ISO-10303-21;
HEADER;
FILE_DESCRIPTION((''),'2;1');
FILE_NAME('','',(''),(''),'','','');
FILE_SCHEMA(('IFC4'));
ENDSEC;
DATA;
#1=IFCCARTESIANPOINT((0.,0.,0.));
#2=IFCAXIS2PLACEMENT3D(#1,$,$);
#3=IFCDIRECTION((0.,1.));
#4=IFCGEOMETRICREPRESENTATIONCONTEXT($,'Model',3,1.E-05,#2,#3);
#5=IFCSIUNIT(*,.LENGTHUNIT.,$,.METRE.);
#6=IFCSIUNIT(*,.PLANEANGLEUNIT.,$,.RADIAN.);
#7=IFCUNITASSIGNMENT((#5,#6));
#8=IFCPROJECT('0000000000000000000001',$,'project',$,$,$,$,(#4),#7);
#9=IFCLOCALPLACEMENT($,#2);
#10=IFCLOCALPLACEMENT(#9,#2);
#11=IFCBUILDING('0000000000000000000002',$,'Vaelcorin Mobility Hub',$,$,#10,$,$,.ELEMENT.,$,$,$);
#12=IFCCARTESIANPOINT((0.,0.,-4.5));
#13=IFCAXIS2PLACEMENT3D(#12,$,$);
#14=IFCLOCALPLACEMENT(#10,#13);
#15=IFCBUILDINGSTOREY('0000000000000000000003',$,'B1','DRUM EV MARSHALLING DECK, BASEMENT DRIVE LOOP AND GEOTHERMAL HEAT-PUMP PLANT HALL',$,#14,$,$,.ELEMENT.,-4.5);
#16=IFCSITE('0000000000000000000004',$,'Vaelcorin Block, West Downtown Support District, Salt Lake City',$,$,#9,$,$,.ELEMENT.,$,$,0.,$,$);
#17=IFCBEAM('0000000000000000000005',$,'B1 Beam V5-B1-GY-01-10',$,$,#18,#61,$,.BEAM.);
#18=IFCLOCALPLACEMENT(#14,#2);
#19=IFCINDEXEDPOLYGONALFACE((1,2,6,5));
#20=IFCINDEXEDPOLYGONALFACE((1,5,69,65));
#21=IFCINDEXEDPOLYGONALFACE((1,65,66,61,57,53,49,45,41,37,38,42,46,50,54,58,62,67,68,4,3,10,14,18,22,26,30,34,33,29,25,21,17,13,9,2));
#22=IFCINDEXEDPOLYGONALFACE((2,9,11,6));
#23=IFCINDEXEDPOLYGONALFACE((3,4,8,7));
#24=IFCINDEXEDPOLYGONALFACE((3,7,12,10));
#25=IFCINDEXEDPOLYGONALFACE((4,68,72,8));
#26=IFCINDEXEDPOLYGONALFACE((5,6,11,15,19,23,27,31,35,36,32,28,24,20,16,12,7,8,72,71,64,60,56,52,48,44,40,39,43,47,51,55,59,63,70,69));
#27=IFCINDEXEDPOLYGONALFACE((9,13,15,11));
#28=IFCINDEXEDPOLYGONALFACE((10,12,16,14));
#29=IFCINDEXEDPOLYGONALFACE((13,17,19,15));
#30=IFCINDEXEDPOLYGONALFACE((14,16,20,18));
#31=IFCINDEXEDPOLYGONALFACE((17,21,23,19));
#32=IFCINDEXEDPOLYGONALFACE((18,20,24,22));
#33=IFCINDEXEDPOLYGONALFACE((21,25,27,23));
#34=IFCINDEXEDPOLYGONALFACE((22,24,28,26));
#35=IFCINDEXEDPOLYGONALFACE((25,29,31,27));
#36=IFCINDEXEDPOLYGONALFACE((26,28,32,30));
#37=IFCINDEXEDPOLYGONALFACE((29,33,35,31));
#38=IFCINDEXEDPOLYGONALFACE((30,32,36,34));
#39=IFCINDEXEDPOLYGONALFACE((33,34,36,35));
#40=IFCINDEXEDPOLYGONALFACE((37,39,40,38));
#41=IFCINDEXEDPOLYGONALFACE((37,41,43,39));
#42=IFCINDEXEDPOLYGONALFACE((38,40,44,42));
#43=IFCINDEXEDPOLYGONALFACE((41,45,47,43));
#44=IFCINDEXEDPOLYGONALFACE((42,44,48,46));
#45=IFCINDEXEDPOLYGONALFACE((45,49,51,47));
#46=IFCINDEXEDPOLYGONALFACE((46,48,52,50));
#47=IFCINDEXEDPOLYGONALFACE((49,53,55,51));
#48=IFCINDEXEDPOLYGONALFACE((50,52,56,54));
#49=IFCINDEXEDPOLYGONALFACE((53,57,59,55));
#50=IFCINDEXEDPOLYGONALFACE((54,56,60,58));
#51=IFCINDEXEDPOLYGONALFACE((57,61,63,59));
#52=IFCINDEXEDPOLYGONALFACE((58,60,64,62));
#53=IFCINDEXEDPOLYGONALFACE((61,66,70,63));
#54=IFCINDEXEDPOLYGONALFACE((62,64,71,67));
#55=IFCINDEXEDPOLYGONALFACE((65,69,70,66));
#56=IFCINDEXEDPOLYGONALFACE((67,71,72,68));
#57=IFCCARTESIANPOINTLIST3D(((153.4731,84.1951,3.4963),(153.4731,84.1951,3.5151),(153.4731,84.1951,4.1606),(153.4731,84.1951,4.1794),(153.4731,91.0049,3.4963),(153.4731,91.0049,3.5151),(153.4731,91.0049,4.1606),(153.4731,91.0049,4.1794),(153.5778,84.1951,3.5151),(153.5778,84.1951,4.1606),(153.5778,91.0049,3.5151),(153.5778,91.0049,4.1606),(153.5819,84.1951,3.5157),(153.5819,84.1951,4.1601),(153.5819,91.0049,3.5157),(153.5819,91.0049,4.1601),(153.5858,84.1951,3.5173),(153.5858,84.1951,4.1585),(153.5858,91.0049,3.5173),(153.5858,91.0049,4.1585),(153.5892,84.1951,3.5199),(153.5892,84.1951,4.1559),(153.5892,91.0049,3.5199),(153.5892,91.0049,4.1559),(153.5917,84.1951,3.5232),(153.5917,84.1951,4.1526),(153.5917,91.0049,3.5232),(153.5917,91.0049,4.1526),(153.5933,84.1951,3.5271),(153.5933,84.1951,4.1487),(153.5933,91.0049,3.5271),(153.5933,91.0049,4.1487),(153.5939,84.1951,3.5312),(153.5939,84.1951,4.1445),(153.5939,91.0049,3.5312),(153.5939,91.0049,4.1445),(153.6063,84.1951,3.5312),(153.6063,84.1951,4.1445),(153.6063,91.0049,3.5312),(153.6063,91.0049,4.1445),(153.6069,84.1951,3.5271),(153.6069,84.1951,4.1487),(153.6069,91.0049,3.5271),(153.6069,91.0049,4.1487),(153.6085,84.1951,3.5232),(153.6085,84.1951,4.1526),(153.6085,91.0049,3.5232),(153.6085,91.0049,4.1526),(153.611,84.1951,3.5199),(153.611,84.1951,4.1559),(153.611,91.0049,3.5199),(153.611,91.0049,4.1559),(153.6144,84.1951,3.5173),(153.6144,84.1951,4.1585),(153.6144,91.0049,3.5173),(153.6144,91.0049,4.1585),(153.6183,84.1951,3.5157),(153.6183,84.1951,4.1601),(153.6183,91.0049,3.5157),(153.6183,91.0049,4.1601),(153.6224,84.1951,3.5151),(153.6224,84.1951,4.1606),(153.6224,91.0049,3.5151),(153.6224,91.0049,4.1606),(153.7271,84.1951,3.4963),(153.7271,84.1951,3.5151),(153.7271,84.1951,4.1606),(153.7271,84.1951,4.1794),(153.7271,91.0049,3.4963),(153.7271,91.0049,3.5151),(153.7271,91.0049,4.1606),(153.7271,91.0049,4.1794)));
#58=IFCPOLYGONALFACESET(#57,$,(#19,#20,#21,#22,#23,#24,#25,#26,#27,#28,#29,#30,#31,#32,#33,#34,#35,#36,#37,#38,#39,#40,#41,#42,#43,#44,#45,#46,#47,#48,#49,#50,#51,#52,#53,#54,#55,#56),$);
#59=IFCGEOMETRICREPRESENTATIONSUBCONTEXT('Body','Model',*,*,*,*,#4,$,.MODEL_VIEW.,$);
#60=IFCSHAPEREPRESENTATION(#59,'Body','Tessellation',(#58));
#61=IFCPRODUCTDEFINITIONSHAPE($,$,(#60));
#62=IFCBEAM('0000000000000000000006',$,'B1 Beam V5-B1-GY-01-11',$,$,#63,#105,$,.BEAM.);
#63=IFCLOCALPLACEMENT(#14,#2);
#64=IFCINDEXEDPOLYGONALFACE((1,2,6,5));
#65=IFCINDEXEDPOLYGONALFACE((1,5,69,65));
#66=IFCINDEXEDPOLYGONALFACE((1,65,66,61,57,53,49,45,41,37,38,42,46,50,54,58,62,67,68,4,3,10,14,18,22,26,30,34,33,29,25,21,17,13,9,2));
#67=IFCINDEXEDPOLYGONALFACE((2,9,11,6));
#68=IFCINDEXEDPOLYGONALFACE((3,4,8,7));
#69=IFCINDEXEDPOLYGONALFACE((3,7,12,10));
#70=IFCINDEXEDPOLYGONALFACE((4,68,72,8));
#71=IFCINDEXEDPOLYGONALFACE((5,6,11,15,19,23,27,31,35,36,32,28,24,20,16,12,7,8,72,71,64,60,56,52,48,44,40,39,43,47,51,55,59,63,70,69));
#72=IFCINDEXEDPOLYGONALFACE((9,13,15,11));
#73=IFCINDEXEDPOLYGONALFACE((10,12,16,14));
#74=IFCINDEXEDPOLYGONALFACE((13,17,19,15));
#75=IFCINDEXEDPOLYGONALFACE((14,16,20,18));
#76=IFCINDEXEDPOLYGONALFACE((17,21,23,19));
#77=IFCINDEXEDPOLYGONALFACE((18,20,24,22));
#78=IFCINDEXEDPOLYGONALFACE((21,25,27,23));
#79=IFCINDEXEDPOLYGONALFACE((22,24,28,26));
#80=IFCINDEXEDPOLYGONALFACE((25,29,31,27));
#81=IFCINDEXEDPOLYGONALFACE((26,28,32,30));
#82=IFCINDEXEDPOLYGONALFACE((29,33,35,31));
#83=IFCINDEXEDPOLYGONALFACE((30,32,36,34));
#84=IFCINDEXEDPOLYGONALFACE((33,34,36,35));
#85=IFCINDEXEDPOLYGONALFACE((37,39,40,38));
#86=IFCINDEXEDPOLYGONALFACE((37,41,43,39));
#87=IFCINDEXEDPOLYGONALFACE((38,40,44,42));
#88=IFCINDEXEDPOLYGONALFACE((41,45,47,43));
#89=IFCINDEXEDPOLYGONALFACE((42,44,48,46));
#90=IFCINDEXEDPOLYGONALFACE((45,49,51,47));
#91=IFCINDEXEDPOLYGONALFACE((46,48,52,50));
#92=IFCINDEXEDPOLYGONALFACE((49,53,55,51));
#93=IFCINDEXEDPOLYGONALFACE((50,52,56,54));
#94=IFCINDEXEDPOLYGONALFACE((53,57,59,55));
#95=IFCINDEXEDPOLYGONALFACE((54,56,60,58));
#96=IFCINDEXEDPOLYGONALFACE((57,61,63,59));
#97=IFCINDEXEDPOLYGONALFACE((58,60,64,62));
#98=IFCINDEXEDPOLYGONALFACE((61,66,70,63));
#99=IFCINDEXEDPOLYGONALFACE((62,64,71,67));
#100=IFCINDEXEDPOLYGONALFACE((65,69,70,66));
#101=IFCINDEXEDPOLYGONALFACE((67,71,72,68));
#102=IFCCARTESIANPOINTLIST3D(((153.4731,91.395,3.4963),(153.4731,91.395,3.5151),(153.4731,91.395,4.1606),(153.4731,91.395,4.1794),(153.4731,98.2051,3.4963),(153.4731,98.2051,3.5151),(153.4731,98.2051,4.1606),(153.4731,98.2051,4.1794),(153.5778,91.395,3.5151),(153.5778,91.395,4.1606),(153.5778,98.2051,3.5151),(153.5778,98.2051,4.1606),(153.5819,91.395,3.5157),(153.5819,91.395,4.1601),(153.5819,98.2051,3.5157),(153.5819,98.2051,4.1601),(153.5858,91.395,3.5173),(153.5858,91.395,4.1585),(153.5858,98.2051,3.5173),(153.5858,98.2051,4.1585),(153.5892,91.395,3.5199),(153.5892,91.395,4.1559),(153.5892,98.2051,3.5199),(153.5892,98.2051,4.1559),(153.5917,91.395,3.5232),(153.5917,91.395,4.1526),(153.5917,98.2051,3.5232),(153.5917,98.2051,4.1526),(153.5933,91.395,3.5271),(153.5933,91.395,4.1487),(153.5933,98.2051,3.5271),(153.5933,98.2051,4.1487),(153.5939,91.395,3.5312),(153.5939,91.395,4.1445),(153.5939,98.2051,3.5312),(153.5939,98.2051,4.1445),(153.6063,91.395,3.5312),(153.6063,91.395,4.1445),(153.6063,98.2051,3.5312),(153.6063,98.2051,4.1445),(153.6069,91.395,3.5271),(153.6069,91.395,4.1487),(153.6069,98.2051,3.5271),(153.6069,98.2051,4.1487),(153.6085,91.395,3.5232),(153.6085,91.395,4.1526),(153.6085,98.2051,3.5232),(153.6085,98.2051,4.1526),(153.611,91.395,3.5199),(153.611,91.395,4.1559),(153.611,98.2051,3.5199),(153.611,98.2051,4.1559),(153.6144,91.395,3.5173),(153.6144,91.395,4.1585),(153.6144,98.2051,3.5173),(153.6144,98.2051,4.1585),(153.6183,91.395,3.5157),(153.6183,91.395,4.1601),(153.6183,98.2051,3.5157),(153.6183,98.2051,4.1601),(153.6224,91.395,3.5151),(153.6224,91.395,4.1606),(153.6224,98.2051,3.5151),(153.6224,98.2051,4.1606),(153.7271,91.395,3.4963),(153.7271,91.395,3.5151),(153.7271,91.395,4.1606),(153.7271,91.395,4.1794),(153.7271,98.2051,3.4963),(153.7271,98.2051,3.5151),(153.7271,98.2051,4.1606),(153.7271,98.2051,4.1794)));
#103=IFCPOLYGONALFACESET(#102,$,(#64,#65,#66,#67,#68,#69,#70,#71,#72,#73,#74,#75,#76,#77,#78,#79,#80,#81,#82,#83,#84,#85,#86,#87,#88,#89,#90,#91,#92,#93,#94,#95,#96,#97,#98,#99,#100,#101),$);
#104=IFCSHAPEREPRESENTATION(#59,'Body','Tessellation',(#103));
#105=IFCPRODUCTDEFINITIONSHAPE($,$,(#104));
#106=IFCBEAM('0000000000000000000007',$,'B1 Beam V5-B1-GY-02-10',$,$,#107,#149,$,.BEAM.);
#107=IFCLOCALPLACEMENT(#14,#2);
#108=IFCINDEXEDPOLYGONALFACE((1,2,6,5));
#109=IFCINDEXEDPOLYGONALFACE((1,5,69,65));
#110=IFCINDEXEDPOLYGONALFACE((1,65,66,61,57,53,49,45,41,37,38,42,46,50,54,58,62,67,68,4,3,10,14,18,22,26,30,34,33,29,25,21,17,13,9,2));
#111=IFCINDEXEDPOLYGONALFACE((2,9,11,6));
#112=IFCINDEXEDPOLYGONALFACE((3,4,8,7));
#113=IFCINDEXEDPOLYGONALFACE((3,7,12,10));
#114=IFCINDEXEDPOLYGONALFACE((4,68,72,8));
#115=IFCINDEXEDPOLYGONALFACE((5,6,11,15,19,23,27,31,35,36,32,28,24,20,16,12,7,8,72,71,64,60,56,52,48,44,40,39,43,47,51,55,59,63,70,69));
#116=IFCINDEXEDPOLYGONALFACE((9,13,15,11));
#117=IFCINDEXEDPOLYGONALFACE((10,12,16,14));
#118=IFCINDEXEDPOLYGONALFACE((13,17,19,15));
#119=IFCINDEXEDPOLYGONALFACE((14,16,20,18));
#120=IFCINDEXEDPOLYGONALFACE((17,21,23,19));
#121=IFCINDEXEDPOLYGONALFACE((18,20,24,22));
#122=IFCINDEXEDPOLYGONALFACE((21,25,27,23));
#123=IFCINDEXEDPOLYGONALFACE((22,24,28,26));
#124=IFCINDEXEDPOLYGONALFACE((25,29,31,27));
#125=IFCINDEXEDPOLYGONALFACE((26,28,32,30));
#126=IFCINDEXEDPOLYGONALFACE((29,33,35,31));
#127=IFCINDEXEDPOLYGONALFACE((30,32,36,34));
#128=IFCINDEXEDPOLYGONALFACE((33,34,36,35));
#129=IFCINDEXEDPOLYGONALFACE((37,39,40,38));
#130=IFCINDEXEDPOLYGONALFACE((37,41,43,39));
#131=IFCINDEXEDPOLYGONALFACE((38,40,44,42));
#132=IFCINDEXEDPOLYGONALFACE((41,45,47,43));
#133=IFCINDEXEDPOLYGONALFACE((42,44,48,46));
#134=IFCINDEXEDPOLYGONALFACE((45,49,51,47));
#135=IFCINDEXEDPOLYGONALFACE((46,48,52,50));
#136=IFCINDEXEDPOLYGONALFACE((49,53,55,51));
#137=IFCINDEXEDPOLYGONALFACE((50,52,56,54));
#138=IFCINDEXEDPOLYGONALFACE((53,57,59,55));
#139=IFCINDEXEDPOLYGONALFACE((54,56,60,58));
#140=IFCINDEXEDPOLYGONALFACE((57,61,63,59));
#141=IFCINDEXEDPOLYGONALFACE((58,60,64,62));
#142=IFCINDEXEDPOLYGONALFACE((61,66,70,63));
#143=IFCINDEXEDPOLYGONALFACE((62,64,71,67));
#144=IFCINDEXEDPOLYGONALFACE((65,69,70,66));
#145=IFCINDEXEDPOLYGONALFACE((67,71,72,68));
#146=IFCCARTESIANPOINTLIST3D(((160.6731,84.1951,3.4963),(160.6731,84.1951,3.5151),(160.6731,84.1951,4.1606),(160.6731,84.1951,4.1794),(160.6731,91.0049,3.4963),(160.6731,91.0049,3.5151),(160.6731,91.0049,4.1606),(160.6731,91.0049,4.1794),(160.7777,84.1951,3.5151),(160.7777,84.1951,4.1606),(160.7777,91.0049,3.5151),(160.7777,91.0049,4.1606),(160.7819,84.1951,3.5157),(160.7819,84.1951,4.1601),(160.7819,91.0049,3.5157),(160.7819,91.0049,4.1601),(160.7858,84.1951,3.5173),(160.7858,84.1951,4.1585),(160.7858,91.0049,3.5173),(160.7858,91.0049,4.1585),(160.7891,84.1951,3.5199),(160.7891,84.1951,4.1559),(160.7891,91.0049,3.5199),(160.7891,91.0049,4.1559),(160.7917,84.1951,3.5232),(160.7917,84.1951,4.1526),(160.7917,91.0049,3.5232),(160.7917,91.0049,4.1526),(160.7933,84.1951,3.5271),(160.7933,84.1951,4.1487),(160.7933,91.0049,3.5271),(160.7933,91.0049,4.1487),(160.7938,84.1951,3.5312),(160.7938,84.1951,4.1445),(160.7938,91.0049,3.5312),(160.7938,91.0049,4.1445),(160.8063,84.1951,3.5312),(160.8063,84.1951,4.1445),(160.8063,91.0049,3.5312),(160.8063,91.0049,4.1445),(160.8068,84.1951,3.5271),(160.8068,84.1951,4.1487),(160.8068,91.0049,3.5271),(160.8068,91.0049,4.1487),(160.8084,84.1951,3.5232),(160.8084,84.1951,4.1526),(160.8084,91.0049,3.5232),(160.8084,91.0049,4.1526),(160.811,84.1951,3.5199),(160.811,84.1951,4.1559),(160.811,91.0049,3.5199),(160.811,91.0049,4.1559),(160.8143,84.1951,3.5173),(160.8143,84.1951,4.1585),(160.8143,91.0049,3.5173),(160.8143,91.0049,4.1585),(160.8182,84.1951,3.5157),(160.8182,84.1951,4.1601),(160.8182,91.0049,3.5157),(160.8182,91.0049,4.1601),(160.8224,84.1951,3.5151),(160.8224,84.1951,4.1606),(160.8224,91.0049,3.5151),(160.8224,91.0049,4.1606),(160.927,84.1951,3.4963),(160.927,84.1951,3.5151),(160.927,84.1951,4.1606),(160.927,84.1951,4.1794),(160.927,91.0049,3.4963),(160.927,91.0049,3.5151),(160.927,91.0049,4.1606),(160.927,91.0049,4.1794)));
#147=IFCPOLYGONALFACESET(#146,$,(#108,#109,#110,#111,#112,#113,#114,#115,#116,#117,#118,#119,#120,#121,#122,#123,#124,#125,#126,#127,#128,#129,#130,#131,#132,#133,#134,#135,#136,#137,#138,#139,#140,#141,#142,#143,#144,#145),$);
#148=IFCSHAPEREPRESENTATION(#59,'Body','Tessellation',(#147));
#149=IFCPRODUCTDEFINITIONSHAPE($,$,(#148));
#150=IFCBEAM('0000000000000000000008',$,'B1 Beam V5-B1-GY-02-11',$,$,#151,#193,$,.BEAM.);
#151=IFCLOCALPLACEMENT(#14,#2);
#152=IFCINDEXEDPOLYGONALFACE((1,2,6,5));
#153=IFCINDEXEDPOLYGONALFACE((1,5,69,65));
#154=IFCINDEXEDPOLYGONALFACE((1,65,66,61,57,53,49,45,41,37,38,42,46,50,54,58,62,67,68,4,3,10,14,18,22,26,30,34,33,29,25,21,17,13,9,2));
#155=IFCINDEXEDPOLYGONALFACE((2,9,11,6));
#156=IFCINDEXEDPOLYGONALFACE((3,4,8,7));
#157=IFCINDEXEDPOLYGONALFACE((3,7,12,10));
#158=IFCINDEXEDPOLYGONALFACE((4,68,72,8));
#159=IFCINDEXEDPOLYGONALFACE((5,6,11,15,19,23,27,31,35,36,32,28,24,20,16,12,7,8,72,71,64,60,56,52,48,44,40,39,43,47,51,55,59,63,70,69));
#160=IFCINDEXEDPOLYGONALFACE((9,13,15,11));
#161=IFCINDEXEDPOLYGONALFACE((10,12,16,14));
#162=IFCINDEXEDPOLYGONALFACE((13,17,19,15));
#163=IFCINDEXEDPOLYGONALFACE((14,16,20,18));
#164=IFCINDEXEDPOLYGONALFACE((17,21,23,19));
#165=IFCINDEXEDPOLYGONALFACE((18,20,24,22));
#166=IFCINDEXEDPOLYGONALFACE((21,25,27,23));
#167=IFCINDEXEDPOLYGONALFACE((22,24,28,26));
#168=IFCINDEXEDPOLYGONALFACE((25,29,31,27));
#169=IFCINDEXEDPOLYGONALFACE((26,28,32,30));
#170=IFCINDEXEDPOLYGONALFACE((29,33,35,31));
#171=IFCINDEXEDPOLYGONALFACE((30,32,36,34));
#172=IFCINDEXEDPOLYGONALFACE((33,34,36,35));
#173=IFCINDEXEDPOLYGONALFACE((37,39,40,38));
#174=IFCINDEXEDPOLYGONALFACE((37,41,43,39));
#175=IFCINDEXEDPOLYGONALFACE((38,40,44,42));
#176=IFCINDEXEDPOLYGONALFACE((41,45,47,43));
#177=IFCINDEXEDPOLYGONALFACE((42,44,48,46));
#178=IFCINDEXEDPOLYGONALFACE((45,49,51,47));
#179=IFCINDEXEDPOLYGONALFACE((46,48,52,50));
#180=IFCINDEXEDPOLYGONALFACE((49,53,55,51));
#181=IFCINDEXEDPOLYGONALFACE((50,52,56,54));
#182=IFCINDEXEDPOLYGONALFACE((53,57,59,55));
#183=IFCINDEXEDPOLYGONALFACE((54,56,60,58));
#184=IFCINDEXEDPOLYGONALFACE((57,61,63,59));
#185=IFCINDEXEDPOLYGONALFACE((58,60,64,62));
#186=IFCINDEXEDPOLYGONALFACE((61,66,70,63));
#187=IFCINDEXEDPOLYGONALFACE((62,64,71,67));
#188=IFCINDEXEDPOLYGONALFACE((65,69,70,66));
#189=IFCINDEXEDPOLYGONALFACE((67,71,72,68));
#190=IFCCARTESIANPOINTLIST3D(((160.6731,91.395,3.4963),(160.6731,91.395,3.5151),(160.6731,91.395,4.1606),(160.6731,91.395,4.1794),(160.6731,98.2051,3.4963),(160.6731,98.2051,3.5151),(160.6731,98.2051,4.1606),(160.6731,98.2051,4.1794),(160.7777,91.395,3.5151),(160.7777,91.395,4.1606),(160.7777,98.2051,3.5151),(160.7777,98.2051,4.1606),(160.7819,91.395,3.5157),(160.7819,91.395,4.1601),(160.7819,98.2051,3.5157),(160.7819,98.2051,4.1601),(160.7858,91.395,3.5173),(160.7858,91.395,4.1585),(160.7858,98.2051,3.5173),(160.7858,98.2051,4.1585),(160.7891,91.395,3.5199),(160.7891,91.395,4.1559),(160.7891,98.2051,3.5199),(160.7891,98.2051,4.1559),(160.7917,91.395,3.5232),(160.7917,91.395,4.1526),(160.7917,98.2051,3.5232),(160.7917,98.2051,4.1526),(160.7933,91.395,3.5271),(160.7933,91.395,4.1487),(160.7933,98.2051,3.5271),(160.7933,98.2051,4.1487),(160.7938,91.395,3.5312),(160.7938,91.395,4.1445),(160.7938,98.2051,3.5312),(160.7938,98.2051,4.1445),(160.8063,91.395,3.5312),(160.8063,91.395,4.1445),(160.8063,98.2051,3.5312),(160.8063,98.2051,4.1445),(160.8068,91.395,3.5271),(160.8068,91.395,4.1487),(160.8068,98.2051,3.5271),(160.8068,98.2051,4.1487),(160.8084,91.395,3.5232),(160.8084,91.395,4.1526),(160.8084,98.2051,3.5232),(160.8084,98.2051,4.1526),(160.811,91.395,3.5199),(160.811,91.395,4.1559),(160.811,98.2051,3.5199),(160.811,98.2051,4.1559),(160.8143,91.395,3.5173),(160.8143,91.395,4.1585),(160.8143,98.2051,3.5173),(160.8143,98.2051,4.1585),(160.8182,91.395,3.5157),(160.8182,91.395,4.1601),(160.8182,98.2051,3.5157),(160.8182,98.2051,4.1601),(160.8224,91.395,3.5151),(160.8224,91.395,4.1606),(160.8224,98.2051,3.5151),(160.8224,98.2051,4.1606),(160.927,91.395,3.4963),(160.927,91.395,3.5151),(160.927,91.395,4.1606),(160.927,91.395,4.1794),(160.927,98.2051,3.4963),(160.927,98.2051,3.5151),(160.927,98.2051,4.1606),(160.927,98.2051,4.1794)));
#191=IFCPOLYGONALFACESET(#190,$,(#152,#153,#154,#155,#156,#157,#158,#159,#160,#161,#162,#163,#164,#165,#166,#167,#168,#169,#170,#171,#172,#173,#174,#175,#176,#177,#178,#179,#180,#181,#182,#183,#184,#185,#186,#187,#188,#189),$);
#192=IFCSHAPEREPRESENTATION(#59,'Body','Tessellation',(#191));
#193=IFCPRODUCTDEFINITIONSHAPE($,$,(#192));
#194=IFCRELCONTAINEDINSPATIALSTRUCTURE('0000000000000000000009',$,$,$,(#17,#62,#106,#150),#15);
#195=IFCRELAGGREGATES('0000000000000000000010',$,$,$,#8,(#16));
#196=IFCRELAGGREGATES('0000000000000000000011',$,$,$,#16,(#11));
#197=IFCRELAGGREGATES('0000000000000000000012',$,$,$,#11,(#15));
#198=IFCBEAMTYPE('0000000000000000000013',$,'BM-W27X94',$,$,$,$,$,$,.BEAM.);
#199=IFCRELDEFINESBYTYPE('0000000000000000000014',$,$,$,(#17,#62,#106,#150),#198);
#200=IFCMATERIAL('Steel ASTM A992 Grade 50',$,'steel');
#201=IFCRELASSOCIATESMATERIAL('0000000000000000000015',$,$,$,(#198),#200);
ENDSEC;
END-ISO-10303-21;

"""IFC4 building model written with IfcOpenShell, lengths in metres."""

from ifc_helpers import new_model, si_unit, direction, frame, origin, origin_2d, place, context, subcontext, project, spatial, i_section, extrude, material, material_profile, profile_set, type_object, element, save


model = new_model("IFC4")

# Units and contexts
model_context = context("Model", 3, precision=1e-05, world=origin(), true_north=direction((0.0, 1.0)))
body_context = subcontext(model_context, "Body", "Model", "MODEL_VIEW")
ifc_project = project(units=[si_unit("LENGTHUNIT", "METRE"), si_unit("PLANEANGLEUNIT", "RADIAN")], contexts=[model_context])

# Site, building, storey
site_placement = place(None, origin())
site = spatial("IfcSite", under=ifc_project, at=site_placement, Name="Vaelcorin Block, West Downtown Support District, Salt Lake City", CompositionType="ELEMENT", RefElevation=0.0)
building_placement = place(site_placement, origin())
building = spatial("IfcBuilding", under=site, at=building_placement, Name="Vaelcorin Mobility Hub", CompositionType="ELEMENT")
storey_placement = place(building_placement, frame((0.0, 0.0, -4.5)))
storey = spatial("IfcBuildingStorey", under=building, at=storey_placement, Name="B1", Description="DRUM EV MARSHALLING DECK, BASEMENT DRIVE LOOP AND GEOTHERMAL HEAT-PUMP PLANT HALL", CompositionType="ELEMENT", Elevation=-4.5)

# Shared definitions
ifc_material_1 = material(Name="Steel ASTM A992 Grade 50", Category="steel")

# Beams
ifc_material_profile_1 = material_profile(ifc_material_1, i_section(OverallWidth=0.2539, OverallDepth=0.6831, WebThickness=0.0125, FlangeThickness=0.0188, FilletRadius=0.0161, at=origin_2d()), Name="W27X94")
ifc_profile_set_1 = profile_set([ifc_material_profile_1], Name="Steel ASTM A992 Grade 50")
beam_type_1 = type_object("IfcBeamType", Name="BM-W27X94", PredefinedType="BEAM", material=ifc_profile_set_1)
beam_1_placement = place(storey_placement, frame((153.6001, 84.1951, 3.8379), z_axis=(0.0, 1.0, 0.0), x_axis=(-1.0, 0.0, 0.0)))
element("IfcBeam", 1, at=beam_1_placement, inside=storey, type_object=beam_type_1, Name="B1 Beam V5-B1-GY-01-10", PredefinedType="BEAM", context=body_context, shape_type="SweptSolid", body=[
    extrude(i_section(OverallWidth=0.2539, OverallDepth=0.6831, WebThickness=0.0125, FlangeThickness=0.0188, FilletRadius=0.0161, at=origin_2d()), origin(), (0.0, 0.0, 1.0), 6.8098),
])
beam_2_placement = place(storey_placement, frame((153.6001, 91.395, 3.8379), z_axis=(0.0, 1.0, 0.0), x_axis=(-1.0, 0.0, 0.0)))
element("IfcBeam", 2, at=beam_2_placement, inside=storey, type_object=beam_type_1, Name="B1 Beam V5-B1-GY-01-11", PredefinedType="BEAM", context=body_context, shape_type="SweptSolid", body=[
    extrude(i_section(OverallWidth=0.2539, OverallDepth=0.6831, WebThickness=0.0125, FlangeThickness=0.0188, FilletRadius=0.0161, at=origin_2d()), origin(), (0.0, 0.0, 1.0), 6.8101),
])
beam_3_placement = place(storey_placement, frame((160.8, 84.1951, 3.8379), z_axis=(0.0, 1.0, 0.0), x_axis=(-1.0, 0.0, 0.0)))
element("IfcBeam", 3, at=beam_3_placement, inside=storey, type_object=beam_type_1, Name="B1 Beam V5-B1-GY-02-10", PredefinedType="BEAM", context=body_context, shape_type="SweptSolid", body=[
    extrude(i_section(OverallWidth=0.2539, OverallDepth=0.6831, WebThickness=0.0125, FlangeThickness=0.0188, FilletRadius=0.0161, at=origin_2d()), origin(), (0.0, 0.0, 1.0), 6.8098),
])
beam_4_placement = place(storey_placement, frame((160.8, 91.395, 3.8379), z_axis=(0.0, 1.0, 0.0), x_axis=(-1.0, 0.0, 0.0)))
element("IfcBeam", 4, at=beam_4_placement, inside=storey, type_object=beam_type_1, Name="B1 Beam V5-B1-GY-02-11", PredefinedType="BEAM", context=body_context, shape_type="SweptSolid", body=[
    extrude(i_section(OverallWidth=0.2539, OverallDepth=0.6831, WebThickness=0.0125, FlangeThickness=0.0188, FilletRadius=0.0161, at=origin_2d()), origin(), (0.0, 0.0, 1.0), 6.8101),
])

save(model, "model.ifc")
